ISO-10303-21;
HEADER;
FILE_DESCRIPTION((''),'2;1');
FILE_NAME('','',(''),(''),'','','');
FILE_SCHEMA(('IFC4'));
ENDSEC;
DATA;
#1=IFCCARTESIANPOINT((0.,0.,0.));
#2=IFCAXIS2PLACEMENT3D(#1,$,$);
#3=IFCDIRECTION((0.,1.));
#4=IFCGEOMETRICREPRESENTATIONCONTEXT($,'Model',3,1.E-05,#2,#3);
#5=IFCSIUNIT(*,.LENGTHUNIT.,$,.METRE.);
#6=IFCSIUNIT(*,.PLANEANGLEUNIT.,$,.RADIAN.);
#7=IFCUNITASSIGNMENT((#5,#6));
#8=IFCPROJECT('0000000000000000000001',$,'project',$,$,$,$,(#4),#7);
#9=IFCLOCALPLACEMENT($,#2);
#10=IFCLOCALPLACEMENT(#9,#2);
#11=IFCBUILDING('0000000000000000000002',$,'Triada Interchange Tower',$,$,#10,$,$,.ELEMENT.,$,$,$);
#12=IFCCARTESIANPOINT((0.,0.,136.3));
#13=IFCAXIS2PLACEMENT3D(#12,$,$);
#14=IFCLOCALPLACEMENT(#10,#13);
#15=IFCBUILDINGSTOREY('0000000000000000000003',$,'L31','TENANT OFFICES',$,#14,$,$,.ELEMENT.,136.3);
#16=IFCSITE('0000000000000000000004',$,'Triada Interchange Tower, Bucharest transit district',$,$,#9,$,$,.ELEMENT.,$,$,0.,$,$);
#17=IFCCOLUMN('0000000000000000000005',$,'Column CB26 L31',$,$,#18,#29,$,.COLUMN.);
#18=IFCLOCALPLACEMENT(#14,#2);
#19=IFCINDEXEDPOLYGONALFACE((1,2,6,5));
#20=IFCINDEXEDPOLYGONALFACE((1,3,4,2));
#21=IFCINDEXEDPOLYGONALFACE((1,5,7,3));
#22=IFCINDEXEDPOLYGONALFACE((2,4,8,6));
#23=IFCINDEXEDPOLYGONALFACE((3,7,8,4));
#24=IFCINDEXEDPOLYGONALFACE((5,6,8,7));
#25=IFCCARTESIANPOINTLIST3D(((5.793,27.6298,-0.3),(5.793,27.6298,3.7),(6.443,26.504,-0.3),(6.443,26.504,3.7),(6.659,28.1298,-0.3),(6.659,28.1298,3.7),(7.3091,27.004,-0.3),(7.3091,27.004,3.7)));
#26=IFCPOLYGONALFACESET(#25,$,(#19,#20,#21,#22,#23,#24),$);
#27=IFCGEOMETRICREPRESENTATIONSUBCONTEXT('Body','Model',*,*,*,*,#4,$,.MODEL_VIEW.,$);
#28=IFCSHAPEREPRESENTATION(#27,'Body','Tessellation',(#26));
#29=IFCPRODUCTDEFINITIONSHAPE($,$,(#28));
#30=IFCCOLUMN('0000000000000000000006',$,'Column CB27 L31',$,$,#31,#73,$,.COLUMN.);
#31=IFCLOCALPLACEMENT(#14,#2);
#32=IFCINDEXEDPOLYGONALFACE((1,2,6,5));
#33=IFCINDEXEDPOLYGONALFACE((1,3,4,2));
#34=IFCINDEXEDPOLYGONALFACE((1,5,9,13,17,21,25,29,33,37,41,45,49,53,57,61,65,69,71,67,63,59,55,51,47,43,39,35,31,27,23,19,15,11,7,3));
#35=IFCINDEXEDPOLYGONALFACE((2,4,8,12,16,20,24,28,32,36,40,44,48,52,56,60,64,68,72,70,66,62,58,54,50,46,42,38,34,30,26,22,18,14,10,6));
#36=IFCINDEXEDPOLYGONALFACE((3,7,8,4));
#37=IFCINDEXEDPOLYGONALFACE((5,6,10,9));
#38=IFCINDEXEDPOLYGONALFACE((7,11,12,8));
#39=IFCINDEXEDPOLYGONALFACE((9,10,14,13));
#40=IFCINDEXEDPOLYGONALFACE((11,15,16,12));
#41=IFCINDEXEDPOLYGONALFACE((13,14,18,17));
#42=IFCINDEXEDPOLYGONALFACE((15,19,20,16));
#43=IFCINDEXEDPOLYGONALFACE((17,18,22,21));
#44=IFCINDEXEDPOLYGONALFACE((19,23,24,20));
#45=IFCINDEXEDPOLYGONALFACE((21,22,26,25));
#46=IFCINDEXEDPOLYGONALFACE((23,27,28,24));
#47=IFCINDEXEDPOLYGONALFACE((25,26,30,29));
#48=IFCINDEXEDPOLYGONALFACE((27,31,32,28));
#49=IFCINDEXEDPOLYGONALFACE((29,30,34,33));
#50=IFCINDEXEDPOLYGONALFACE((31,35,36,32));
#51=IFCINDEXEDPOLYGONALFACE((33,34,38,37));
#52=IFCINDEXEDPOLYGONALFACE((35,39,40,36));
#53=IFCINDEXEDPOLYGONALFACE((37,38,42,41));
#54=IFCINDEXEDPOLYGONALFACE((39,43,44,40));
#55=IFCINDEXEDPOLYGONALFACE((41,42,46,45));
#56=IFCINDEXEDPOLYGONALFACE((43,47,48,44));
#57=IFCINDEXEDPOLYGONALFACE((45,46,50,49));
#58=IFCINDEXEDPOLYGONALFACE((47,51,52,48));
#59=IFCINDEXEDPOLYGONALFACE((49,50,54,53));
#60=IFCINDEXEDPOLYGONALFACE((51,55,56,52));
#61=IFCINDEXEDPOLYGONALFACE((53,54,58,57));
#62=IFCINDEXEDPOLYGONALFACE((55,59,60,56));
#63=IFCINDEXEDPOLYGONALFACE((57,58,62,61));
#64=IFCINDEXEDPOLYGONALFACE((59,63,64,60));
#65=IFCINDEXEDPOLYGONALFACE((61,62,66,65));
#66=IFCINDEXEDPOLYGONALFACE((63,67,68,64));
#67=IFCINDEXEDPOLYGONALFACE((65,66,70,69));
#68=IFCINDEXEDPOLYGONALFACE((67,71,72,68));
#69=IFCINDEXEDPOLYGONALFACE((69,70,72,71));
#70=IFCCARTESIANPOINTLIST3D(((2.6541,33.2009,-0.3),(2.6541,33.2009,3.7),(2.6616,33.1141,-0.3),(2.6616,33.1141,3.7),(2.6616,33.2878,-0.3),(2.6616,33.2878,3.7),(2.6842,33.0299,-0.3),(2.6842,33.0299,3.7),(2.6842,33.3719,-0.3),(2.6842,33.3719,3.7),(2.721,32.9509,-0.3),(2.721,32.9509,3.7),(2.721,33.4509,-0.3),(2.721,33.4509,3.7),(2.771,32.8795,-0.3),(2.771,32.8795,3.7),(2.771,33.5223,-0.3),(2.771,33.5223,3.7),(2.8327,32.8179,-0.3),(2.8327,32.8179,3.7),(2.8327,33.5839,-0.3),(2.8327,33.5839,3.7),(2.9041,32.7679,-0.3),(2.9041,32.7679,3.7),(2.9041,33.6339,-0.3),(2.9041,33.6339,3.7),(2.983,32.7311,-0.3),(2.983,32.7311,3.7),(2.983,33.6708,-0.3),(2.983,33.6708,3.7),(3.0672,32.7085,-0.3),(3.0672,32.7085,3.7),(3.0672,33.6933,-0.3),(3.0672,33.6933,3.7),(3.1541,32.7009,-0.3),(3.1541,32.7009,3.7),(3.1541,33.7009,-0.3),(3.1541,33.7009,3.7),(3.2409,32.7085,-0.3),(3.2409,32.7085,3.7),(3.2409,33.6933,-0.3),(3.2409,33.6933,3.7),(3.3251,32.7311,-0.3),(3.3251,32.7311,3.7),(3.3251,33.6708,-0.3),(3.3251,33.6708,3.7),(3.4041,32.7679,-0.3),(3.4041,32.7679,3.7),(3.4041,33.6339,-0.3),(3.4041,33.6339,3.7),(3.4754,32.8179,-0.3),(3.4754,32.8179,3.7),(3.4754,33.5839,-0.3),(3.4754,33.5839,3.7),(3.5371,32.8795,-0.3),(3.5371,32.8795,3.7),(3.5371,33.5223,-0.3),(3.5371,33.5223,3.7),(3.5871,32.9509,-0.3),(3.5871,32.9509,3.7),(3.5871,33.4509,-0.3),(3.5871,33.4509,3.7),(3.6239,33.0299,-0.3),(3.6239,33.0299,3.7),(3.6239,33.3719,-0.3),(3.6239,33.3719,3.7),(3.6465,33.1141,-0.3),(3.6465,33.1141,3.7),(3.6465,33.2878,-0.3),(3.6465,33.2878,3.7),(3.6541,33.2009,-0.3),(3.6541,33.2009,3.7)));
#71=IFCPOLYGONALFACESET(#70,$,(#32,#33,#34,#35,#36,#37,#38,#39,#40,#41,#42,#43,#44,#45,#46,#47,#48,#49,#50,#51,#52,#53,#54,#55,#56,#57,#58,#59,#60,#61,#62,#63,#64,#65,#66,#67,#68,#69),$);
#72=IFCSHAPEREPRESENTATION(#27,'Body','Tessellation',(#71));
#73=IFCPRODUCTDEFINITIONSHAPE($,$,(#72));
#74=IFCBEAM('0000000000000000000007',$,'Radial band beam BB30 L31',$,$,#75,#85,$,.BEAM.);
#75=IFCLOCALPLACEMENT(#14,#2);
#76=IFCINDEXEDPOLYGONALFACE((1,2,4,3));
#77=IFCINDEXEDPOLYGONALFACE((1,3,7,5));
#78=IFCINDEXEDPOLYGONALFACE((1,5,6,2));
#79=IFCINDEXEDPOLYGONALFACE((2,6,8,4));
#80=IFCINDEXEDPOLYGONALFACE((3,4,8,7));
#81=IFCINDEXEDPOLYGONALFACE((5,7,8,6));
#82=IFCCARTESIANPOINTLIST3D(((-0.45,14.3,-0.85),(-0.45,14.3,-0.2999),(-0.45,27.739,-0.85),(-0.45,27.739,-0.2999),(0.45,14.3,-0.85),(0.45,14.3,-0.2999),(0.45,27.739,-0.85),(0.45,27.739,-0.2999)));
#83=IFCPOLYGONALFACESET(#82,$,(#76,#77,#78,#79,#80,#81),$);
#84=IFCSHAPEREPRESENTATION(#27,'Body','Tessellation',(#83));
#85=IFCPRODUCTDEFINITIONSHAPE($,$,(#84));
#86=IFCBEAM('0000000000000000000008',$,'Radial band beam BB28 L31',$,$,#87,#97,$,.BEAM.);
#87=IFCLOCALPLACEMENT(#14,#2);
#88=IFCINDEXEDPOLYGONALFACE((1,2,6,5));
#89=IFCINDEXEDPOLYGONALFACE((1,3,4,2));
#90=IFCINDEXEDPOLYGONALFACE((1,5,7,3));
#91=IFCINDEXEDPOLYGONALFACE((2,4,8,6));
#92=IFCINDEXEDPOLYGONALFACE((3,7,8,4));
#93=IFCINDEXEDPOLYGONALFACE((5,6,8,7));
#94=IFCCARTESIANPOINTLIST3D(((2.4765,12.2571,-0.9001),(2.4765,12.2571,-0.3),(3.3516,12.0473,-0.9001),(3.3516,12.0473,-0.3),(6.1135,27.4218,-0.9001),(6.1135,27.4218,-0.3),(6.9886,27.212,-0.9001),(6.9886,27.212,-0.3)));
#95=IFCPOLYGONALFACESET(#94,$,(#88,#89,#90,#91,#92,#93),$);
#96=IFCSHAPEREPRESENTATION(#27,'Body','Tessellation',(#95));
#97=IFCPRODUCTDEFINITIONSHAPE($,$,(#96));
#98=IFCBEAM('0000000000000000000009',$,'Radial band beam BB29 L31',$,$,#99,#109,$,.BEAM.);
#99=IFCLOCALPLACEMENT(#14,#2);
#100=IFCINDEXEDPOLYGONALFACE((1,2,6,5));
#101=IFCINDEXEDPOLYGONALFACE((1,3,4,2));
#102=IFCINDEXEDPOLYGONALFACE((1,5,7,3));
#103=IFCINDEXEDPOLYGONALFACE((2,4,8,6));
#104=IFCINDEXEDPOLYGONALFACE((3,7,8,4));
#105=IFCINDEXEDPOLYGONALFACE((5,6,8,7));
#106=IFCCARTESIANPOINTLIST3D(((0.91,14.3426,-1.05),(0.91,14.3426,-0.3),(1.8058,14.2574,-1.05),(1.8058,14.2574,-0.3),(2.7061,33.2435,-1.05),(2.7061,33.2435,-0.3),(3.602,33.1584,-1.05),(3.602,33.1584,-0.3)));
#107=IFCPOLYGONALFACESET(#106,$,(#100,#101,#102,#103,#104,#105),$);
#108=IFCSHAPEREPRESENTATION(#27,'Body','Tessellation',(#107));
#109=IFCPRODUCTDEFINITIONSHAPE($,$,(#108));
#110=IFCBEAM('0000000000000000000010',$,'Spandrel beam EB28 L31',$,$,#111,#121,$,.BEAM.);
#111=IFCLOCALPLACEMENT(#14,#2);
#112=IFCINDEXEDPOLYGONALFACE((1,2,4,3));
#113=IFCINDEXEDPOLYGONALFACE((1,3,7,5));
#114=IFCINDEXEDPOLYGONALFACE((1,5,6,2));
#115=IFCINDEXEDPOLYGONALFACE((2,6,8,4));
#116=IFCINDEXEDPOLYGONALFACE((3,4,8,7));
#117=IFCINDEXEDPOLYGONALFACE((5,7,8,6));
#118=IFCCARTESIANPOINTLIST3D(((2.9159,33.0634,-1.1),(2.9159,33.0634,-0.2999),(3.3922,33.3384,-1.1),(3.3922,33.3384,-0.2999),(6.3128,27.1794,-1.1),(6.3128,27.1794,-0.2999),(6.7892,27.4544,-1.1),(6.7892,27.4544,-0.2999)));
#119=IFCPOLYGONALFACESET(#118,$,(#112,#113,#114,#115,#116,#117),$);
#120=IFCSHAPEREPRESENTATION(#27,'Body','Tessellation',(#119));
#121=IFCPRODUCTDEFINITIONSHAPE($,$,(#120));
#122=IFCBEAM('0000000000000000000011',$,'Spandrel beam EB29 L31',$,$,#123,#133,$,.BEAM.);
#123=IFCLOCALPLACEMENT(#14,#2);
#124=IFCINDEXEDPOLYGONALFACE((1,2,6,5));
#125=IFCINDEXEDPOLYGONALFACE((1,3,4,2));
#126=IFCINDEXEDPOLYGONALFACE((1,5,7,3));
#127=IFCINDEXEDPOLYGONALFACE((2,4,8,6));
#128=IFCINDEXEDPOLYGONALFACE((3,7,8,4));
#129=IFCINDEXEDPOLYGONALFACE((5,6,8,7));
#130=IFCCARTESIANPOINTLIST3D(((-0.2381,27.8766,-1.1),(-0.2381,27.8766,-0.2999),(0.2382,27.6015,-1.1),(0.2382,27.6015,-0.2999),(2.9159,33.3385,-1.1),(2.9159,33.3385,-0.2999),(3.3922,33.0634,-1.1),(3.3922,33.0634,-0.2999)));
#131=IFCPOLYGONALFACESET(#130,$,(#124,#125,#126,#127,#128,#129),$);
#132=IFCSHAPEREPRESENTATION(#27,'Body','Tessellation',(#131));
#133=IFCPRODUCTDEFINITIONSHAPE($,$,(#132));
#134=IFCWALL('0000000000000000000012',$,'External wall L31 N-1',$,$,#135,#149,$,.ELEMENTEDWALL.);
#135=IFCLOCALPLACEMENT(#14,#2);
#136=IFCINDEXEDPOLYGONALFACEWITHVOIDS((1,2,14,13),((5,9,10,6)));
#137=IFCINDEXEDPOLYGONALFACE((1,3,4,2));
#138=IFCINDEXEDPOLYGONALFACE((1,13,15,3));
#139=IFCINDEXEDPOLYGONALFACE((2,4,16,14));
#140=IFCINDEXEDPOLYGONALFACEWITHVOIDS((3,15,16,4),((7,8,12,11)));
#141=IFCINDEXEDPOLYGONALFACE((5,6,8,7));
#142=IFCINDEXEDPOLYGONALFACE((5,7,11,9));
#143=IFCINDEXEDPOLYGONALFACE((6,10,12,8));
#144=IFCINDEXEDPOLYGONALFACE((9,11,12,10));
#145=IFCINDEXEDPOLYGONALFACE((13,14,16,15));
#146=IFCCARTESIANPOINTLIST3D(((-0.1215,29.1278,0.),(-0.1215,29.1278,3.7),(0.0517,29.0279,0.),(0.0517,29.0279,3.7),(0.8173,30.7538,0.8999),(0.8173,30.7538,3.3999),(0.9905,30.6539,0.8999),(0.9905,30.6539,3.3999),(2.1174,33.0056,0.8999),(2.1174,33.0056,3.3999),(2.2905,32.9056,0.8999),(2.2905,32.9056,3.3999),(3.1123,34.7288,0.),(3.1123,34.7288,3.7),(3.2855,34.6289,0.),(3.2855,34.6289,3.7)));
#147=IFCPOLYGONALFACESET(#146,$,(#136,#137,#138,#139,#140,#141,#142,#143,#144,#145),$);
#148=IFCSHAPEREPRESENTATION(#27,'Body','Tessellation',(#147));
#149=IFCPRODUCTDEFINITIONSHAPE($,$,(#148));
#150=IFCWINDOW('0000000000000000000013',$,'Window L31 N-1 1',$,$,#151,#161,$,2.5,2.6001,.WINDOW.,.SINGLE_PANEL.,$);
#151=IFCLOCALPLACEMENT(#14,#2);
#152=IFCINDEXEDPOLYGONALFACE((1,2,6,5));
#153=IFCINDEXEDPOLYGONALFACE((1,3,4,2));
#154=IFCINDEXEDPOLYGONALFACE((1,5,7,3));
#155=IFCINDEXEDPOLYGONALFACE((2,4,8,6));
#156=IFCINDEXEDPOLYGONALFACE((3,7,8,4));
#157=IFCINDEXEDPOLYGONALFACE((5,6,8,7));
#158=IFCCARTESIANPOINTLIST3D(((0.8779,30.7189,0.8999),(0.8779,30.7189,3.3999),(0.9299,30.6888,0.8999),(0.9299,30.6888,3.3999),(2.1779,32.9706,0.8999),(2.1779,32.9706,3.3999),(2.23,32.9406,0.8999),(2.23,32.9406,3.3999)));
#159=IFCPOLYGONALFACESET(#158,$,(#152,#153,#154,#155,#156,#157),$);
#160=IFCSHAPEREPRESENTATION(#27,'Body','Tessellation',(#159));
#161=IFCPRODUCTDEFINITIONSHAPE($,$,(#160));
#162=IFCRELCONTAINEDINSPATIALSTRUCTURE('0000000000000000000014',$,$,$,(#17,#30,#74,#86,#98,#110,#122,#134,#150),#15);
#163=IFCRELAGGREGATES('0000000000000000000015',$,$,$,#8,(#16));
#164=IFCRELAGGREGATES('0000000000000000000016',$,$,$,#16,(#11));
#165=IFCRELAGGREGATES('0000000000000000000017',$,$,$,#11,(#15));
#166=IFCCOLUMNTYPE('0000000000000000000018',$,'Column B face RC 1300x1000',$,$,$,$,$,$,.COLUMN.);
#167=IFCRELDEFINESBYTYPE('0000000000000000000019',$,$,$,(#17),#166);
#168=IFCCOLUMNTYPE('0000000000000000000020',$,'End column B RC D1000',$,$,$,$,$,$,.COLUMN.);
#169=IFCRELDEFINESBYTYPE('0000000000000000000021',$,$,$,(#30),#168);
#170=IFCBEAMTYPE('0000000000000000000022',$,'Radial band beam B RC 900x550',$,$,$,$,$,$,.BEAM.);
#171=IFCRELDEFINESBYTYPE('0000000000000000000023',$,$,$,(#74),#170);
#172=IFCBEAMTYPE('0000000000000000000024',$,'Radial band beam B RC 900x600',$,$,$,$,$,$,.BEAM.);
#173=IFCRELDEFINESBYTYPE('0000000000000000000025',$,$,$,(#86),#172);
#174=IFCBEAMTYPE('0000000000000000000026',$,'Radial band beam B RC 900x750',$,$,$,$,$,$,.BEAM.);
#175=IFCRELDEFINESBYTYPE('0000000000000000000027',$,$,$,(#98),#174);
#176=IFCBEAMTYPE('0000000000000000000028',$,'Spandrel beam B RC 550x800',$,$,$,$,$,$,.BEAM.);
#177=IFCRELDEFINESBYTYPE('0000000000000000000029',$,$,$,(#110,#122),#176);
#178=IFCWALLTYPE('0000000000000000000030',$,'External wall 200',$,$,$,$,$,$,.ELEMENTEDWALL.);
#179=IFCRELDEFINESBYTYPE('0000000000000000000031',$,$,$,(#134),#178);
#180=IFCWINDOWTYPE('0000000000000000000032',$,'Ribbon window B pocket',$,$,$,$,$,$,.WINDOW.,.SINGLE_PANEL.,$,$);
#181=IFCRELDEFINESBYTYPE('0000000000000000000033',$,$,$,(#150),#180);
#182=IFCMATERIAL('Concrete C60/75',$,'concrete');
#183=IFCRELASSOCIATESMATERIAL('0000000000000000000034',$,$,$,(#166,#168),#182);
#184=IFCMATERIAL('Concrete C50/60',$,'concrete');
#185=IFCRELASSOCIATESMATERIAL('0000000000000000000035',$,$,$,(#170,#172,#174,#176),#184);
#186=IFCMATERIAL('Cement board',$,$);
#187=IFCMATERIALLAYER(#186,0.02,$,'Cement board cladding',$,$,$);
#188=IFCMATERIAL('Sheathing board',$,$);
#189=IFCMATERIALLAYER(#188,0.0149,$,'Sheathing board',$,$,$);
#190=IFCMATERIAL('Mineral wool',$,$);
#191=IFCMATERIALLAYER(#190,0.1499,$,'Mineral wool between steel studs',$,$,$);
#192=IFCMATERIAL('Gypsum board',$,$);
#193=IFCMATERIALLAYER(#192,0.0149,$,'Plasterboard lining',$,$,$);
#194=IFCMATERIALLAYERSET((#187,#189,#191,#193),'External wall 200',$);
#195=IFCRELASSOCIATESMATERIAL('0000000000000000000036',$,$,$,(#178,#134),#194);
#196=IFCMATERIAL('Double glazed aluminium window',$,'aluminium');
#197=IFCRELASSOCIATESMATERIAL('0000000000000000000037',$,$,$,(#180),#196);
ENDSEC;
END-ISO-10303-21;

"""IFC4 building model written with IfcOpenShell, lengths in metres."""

from ifc_helpers import new_model, si_unit, direction, frame, frame_2d, origin, origin_2d, place, context, subcontext, project, spatial, rectangle, circle, extrude, material, layer, layer_set, layer_usage, material_profile, profile_set, type_object, element, fill, save


model = new_model("IFC4")

# Units and contexts
model_context = context("Model", 3, precision=1e-05, world=origin(), true_north=direction((0.0, 1.0)))
body_context = subcontext(model_context, "Body", "Model", "MODEL_VIEW")
ifc_project = project(units=[si_unit("LENGTHUNIT", "METRE"), si_unit("PLANEANGLEUNIT", "RADIAN")], contexts=[model_context])

# Site, building, storey
site_placement = place(None, origin())
site = spatial("IfcSite", under=ifc_project, at=site_placement, Name="Triada Interchange Tower, Bucharest transit district", CompositionType="ELEMENT", RefElevation=0.0)
building_placement = place(site_placement, origin())
building = spatial("IfcBuilding", under=site, at=building_placement, Name="Triada Interchange Tower", CompositionType="ELEMENT")
storey_placement = place(building_placement, frame((0.0, 0.0, 136.3)))
storey = spatial("IfcBuildingStorey", under=building, at=storey_placement, Name="L31", Description="TENANT OFFICES", CompositionType="ELEMENT", Elevation=136.3)

# Columns
ifc_material_1 = material(Name="Concrete C60/75", Category="concrete")
ifc_material_profile_1 = material_profile(ifc_material_1, rectangle(XDim=1.3, YDim=1.0, at=origin_2d()), Name="RC 1300x1000")
ifc_profile_set_1 = profile_set([ifc_material_profile_1], Name="Concrete C60/75")
column_type_1 = type_object("IfcColumnType", Name="Column B face RC 1300x1000", PredefinedType="COLUMN", material=ifc_profile_set_1)
column_1_placement = place(storey_placement, frame((6.551, 27.3169, -0.3), z_axis=(0.0, 0.0, 1.0), x_axis=(-0.5, 0.866025, 0.0)))
element("IfcColumn", 1, at=column_1_placement, inside=storey, type_object=column_type_1, Name="Column CB26 L31", PredefinedType="COLUMN", context=body_context, shape_type="SweptSolid", body=[
    extrude(rectangle(XDim=1.3, YDim=1.0, at=origin_2d()), origin(), (0.0, 0.0, 1.0), 4.0),
])
ifc_material_profile_2 = material_profile(ifc_material_1, circle(Radius=0.5, at=origin_2d()), Name="RC D1000")
ifc_profile_set_2 = profile_set([ifc_material_profile_2], Name="Concrete C60/75")
column_type_2 = type_object("IfcColumnType", Name="End column B RC D1000", PredefinedType="COLUMN", material=ifc_profile_set_2)
column_2_placement = place(storey_placement, frame((3.1541, 33.2009, -0.3), z_axis=(0.0, 0.0, 1.0), x_axis=(-0.5, 0.866025, 0.0)))
element("IfcColumn", 2, at=column_2_placement, inside=storey, type_object=column_type_2, Name="Column CB27 L31", PredefinedType="COLUMN", context=body_context, shape_type="SweptSolid", body=[
    extrude(circle(Radius=0.5, at=origin_2d()), origin(), (0.0, 0.0, 1.0), 4.0),
])

# Beams
ifc_material_2 = material(Name="Concrete C50/60", Category="concrete")
ifc_material_profile_3 = material_profile(ifc_material_2, rectangle(XDim=0.8999, YDim=0.55, at=origin_2d()), Name="RC 900x550")
ifc_profile_set_3 = profile_set([ifc_material_profile_3], Name="Concrete C50/60")
beam_type_1 = type_object("IfcBeamType", Name="Radial band beam B RC 900x550", PredefinedType="BEAM", material=ifc_profile_set_3)
beam_1_placement = place(storey_placement, frame((0.0, 27.739, -0.575), z_axis=(0.0, -1.0, 0.0), x_axis=(1.0, 0.0, 0.0)))
element("IfcBeam", 3, at=beam_1_placement, inside=storey, type_object=beam_type_1, Name="Radial band beam BB30 L31", PredefinedType="BEAM", context=body_context, shape_type="SweptSolid", body=[
    extrude(rectangle(XDim=0.8999, YDim=0.55, at=origin_2d()), origin(), (0.0, 0.0, 1.0), 13.439),
])
ifc_material_profile_4 = material_profile(ifc_material_2, rectangle(XDim=0.8999, YDim=0.6001, at=origin_2d()), Name="RC 900x600")
ifc_profile_set_4 = profile_set([ifc_material_profile_4], Name="Concrete C50/60")
beam_type_2 = type_object("IfcBeamType", Name="Radial band beam B RC 900x600", PredefinedType="BEAM", material=ifc_profile_set_4)
beam_2_placement = place(storey_placement, frame((6.551, 27.3169, -0.6001), z_axis=(-0.233216, -0.972425, 0.0), x_axis=(0.972425, -0.233216, 0.0)))
element("IfcBeam", 4, at=beam_2_placement, inside=storey, type_object=beam_type_2, Name="Radial band beam BB28 L31", PredefinedType="BEAM", context=body_context, shape_type="SweptSolid", body=[
    extrude(rectangle(XDim=0.8999, YDim=0.6001, at=origin_2d()), origin(), (0.0, 0.0, 1.0), 15.5947),
])
ifc_material_profile_5 = material_profile(ifc_material_2, rectangle(XDim=0.8999, YDim=0.75, at=origin_2d()), Name="RC 900x750")
ifc_profile_set_5 = profile_set([ifc_material_profile_5], Name="Concrete C50/60")
beam_type_3 = type_object("IfcBeamType", Name="Radial band beam B RC 900x750", PredefinedType="BEAM", material=ifc_profile_set_5)
beam_3_placement = place(storey_placement, frame((3.1541, 33.2009, -0.675), z_axis=(-0.094603, -0.995515, 0.0), x_axis=(0.995515, -0.094603, 0.0)))
element("IfcBeam", 5, at=beam_3_placement, inside=storey, type_object=beam_type_3, Name="Radial band beam BB29 L31", PredefinedType="BEAM", context=body_context, shape_type="SweptSolid", body=[
    extrude(rectangle(XDim=0.8999, YDim=0.75, at=origin_2d()), origin(), (0.0, 0.0, 1.0), 18.9861),
])
ifc_material_profile_6 = material_profile(ifc_material_2, rectangle(XDim=0.55, YDim=0.8, at=origin_2d()), Name="RC 550x800")
ifc_profile_set_6 = profile_set([ifc_material_profile_6], Name="Concrete C50/60")
beam_type_4 = type_object("IfcBeamType", Name="Spandrel beam B RC 550x800", PredefinedType="BEAM", material=ifc_profile_set_6)
beam_4_placement = place(storey_placement, frame((6.551, 27.3169, -0.7), z_axis=(-0.499981, 0.866037, 0.0), x_axis=(-0.866037, -0.499981, 0.0)))
element("IfcBeam", 6, at=beam_4_placement, inside=storey, type_object=beam_type_4, Name="Spandrel beam EB28 L31", PredefinedType="BEAM", context=body_context, shape_type="SweptSolid", body=[
    extrude(rectangle(XDim=0.55, YDim=0.8, at=origin_2d()), origin(), (0.0, 0.0, 1.0), 6.7942),
])
beam_5_placement = place(storey_placement, frame((3.1541, 33.2009, -0.7), z_axis=(-0.500073, -0.865983, 0.0), x_axis=(0.865983, -0.500073, 0.0)))
element("IfcBeam", 7, at=beam_5_placement, inside=storey, type_object=beam_type_4, Name="Spandrel beam EB29 L31", PredefinedType="BEAM", context=body_context, shape_type="SweptSolid", body=[
    extrude(rectangle(XDim=0.55, YDim=0.8, at=origin_2d()), origin(), (0.0, 0.0, 1.0), 6.3071),
])

# Wall, opening, window
ifc_material_3 = material(Name="Cement board")
ifc_layer_1 = layer(ifc_material_3, 0.02, Name="Cement board cladding")
ifc_material_4 = material(Name="Sheathing board")
ifc_layer_2 = layer(ifc_material_4, 0.0149, Name="Sheathing board")
ifc_material_5 = material(Name="Mineral wool")
ifc_layer_3 = layer(ifc_material_5, 0.1499, Name="Mineral wool between steel studs")
ifc_material_6 = material(Name="Gypsum board")
ifc_layer_4 = layer(ifc_material_6, 0.0149, Name="Plasterboard lining")
ifc_layer_set_1 = layer_set([ifc_layer_1, ifc_layer_2, ifc_layer_3, ifc_layer_4], Name="External wall 200")
ifc_layer_usage = layer_usage(ifc_layer_set_1, "AXIS2", "POSITIVE", -0.1001)
wall_type_1 = type_object("IfcWallType", Name="External wall 200", PredefinedType="ELEMENTEDWALL", material=ifc_layer_set_1)
wall_1_placement = place(storey_placement, frame((3.199, 34.679, 0.0), z_axis=(0.0, 0.0, 1.0), x_axis=(-0.500012, -0.866018, 0.0)))
wall_1 = element("IfcWall", 8, at=wall_1_placement, inside=storey, type_object=wall_type_1, material=ifc_layer_usage, Name="External wall L31 N-1", PredefinedType="ELEMENTEDWALL", context=body_context, shape_type="SweptSolid", body=[
    extrude(rectangle(XDim=6.4675, YDim=0.2, at=frame_2d((3.2339, 0.0))), origin(), (0.0, 0.0, 1.0), 3.7),
])
opening_1_placement = place(wall_1_placement, frame((1.99, 0.0, 0.8999)))
opening_1 = element("IfcOpeningElement", 9, at=opening_1_placement, cuts=wall_1, PredefinedType="OPENING", context=body_context, shape_type="SweptSolid", body=[
    extrude(rectangle(XDim=2.6001, YDim=2.5, at=frame_2d((1.3, 1.25))), frame((0.0, 0.1099, 0.0), z_axis=(0.0, -1.0, 0.0), x_axis=(1.0, 0.0, 0.0)), (0.0, 0.0, 1.0), 0.22),
])
ifc_material_7 = material(Name="Double glazed aluminium window", Category="aluminium")
window_type = type_object("IfcWindowType", Name="Ribbon window B pocket", PartitioningType="SINGLE_PANEL", PredefinedType="WINDOW", material=ifc_material_7)
window_1_placement = place(opening_1_placement, origin())
window_1 = element("IfcWindow", 10, at=window_1_placement, inside=storey, type_object=window_type, Name="Window L31 N-1 1", OverallHeight=2.5, OverallWidth=2.6001, PartitioningType="SINGLE_PANEL", PredefinedType="WINDOW", context=body_context, shape_type="SweptSolid", body=[
    extrude(rectangle(XDim=2.6001, YDim=2.5, at=frame_2d((1.3, 1.25))), frame((0.0, 0.03, 0.0), z_axis=(0.0, -1.0, 0.0), x_axis=(1.0, 0.0, 0.0)), (0.0, 0.0, 1.0), 0.0601),
])
fill(opening_1, window_1)

save(model, "model.ifc")
